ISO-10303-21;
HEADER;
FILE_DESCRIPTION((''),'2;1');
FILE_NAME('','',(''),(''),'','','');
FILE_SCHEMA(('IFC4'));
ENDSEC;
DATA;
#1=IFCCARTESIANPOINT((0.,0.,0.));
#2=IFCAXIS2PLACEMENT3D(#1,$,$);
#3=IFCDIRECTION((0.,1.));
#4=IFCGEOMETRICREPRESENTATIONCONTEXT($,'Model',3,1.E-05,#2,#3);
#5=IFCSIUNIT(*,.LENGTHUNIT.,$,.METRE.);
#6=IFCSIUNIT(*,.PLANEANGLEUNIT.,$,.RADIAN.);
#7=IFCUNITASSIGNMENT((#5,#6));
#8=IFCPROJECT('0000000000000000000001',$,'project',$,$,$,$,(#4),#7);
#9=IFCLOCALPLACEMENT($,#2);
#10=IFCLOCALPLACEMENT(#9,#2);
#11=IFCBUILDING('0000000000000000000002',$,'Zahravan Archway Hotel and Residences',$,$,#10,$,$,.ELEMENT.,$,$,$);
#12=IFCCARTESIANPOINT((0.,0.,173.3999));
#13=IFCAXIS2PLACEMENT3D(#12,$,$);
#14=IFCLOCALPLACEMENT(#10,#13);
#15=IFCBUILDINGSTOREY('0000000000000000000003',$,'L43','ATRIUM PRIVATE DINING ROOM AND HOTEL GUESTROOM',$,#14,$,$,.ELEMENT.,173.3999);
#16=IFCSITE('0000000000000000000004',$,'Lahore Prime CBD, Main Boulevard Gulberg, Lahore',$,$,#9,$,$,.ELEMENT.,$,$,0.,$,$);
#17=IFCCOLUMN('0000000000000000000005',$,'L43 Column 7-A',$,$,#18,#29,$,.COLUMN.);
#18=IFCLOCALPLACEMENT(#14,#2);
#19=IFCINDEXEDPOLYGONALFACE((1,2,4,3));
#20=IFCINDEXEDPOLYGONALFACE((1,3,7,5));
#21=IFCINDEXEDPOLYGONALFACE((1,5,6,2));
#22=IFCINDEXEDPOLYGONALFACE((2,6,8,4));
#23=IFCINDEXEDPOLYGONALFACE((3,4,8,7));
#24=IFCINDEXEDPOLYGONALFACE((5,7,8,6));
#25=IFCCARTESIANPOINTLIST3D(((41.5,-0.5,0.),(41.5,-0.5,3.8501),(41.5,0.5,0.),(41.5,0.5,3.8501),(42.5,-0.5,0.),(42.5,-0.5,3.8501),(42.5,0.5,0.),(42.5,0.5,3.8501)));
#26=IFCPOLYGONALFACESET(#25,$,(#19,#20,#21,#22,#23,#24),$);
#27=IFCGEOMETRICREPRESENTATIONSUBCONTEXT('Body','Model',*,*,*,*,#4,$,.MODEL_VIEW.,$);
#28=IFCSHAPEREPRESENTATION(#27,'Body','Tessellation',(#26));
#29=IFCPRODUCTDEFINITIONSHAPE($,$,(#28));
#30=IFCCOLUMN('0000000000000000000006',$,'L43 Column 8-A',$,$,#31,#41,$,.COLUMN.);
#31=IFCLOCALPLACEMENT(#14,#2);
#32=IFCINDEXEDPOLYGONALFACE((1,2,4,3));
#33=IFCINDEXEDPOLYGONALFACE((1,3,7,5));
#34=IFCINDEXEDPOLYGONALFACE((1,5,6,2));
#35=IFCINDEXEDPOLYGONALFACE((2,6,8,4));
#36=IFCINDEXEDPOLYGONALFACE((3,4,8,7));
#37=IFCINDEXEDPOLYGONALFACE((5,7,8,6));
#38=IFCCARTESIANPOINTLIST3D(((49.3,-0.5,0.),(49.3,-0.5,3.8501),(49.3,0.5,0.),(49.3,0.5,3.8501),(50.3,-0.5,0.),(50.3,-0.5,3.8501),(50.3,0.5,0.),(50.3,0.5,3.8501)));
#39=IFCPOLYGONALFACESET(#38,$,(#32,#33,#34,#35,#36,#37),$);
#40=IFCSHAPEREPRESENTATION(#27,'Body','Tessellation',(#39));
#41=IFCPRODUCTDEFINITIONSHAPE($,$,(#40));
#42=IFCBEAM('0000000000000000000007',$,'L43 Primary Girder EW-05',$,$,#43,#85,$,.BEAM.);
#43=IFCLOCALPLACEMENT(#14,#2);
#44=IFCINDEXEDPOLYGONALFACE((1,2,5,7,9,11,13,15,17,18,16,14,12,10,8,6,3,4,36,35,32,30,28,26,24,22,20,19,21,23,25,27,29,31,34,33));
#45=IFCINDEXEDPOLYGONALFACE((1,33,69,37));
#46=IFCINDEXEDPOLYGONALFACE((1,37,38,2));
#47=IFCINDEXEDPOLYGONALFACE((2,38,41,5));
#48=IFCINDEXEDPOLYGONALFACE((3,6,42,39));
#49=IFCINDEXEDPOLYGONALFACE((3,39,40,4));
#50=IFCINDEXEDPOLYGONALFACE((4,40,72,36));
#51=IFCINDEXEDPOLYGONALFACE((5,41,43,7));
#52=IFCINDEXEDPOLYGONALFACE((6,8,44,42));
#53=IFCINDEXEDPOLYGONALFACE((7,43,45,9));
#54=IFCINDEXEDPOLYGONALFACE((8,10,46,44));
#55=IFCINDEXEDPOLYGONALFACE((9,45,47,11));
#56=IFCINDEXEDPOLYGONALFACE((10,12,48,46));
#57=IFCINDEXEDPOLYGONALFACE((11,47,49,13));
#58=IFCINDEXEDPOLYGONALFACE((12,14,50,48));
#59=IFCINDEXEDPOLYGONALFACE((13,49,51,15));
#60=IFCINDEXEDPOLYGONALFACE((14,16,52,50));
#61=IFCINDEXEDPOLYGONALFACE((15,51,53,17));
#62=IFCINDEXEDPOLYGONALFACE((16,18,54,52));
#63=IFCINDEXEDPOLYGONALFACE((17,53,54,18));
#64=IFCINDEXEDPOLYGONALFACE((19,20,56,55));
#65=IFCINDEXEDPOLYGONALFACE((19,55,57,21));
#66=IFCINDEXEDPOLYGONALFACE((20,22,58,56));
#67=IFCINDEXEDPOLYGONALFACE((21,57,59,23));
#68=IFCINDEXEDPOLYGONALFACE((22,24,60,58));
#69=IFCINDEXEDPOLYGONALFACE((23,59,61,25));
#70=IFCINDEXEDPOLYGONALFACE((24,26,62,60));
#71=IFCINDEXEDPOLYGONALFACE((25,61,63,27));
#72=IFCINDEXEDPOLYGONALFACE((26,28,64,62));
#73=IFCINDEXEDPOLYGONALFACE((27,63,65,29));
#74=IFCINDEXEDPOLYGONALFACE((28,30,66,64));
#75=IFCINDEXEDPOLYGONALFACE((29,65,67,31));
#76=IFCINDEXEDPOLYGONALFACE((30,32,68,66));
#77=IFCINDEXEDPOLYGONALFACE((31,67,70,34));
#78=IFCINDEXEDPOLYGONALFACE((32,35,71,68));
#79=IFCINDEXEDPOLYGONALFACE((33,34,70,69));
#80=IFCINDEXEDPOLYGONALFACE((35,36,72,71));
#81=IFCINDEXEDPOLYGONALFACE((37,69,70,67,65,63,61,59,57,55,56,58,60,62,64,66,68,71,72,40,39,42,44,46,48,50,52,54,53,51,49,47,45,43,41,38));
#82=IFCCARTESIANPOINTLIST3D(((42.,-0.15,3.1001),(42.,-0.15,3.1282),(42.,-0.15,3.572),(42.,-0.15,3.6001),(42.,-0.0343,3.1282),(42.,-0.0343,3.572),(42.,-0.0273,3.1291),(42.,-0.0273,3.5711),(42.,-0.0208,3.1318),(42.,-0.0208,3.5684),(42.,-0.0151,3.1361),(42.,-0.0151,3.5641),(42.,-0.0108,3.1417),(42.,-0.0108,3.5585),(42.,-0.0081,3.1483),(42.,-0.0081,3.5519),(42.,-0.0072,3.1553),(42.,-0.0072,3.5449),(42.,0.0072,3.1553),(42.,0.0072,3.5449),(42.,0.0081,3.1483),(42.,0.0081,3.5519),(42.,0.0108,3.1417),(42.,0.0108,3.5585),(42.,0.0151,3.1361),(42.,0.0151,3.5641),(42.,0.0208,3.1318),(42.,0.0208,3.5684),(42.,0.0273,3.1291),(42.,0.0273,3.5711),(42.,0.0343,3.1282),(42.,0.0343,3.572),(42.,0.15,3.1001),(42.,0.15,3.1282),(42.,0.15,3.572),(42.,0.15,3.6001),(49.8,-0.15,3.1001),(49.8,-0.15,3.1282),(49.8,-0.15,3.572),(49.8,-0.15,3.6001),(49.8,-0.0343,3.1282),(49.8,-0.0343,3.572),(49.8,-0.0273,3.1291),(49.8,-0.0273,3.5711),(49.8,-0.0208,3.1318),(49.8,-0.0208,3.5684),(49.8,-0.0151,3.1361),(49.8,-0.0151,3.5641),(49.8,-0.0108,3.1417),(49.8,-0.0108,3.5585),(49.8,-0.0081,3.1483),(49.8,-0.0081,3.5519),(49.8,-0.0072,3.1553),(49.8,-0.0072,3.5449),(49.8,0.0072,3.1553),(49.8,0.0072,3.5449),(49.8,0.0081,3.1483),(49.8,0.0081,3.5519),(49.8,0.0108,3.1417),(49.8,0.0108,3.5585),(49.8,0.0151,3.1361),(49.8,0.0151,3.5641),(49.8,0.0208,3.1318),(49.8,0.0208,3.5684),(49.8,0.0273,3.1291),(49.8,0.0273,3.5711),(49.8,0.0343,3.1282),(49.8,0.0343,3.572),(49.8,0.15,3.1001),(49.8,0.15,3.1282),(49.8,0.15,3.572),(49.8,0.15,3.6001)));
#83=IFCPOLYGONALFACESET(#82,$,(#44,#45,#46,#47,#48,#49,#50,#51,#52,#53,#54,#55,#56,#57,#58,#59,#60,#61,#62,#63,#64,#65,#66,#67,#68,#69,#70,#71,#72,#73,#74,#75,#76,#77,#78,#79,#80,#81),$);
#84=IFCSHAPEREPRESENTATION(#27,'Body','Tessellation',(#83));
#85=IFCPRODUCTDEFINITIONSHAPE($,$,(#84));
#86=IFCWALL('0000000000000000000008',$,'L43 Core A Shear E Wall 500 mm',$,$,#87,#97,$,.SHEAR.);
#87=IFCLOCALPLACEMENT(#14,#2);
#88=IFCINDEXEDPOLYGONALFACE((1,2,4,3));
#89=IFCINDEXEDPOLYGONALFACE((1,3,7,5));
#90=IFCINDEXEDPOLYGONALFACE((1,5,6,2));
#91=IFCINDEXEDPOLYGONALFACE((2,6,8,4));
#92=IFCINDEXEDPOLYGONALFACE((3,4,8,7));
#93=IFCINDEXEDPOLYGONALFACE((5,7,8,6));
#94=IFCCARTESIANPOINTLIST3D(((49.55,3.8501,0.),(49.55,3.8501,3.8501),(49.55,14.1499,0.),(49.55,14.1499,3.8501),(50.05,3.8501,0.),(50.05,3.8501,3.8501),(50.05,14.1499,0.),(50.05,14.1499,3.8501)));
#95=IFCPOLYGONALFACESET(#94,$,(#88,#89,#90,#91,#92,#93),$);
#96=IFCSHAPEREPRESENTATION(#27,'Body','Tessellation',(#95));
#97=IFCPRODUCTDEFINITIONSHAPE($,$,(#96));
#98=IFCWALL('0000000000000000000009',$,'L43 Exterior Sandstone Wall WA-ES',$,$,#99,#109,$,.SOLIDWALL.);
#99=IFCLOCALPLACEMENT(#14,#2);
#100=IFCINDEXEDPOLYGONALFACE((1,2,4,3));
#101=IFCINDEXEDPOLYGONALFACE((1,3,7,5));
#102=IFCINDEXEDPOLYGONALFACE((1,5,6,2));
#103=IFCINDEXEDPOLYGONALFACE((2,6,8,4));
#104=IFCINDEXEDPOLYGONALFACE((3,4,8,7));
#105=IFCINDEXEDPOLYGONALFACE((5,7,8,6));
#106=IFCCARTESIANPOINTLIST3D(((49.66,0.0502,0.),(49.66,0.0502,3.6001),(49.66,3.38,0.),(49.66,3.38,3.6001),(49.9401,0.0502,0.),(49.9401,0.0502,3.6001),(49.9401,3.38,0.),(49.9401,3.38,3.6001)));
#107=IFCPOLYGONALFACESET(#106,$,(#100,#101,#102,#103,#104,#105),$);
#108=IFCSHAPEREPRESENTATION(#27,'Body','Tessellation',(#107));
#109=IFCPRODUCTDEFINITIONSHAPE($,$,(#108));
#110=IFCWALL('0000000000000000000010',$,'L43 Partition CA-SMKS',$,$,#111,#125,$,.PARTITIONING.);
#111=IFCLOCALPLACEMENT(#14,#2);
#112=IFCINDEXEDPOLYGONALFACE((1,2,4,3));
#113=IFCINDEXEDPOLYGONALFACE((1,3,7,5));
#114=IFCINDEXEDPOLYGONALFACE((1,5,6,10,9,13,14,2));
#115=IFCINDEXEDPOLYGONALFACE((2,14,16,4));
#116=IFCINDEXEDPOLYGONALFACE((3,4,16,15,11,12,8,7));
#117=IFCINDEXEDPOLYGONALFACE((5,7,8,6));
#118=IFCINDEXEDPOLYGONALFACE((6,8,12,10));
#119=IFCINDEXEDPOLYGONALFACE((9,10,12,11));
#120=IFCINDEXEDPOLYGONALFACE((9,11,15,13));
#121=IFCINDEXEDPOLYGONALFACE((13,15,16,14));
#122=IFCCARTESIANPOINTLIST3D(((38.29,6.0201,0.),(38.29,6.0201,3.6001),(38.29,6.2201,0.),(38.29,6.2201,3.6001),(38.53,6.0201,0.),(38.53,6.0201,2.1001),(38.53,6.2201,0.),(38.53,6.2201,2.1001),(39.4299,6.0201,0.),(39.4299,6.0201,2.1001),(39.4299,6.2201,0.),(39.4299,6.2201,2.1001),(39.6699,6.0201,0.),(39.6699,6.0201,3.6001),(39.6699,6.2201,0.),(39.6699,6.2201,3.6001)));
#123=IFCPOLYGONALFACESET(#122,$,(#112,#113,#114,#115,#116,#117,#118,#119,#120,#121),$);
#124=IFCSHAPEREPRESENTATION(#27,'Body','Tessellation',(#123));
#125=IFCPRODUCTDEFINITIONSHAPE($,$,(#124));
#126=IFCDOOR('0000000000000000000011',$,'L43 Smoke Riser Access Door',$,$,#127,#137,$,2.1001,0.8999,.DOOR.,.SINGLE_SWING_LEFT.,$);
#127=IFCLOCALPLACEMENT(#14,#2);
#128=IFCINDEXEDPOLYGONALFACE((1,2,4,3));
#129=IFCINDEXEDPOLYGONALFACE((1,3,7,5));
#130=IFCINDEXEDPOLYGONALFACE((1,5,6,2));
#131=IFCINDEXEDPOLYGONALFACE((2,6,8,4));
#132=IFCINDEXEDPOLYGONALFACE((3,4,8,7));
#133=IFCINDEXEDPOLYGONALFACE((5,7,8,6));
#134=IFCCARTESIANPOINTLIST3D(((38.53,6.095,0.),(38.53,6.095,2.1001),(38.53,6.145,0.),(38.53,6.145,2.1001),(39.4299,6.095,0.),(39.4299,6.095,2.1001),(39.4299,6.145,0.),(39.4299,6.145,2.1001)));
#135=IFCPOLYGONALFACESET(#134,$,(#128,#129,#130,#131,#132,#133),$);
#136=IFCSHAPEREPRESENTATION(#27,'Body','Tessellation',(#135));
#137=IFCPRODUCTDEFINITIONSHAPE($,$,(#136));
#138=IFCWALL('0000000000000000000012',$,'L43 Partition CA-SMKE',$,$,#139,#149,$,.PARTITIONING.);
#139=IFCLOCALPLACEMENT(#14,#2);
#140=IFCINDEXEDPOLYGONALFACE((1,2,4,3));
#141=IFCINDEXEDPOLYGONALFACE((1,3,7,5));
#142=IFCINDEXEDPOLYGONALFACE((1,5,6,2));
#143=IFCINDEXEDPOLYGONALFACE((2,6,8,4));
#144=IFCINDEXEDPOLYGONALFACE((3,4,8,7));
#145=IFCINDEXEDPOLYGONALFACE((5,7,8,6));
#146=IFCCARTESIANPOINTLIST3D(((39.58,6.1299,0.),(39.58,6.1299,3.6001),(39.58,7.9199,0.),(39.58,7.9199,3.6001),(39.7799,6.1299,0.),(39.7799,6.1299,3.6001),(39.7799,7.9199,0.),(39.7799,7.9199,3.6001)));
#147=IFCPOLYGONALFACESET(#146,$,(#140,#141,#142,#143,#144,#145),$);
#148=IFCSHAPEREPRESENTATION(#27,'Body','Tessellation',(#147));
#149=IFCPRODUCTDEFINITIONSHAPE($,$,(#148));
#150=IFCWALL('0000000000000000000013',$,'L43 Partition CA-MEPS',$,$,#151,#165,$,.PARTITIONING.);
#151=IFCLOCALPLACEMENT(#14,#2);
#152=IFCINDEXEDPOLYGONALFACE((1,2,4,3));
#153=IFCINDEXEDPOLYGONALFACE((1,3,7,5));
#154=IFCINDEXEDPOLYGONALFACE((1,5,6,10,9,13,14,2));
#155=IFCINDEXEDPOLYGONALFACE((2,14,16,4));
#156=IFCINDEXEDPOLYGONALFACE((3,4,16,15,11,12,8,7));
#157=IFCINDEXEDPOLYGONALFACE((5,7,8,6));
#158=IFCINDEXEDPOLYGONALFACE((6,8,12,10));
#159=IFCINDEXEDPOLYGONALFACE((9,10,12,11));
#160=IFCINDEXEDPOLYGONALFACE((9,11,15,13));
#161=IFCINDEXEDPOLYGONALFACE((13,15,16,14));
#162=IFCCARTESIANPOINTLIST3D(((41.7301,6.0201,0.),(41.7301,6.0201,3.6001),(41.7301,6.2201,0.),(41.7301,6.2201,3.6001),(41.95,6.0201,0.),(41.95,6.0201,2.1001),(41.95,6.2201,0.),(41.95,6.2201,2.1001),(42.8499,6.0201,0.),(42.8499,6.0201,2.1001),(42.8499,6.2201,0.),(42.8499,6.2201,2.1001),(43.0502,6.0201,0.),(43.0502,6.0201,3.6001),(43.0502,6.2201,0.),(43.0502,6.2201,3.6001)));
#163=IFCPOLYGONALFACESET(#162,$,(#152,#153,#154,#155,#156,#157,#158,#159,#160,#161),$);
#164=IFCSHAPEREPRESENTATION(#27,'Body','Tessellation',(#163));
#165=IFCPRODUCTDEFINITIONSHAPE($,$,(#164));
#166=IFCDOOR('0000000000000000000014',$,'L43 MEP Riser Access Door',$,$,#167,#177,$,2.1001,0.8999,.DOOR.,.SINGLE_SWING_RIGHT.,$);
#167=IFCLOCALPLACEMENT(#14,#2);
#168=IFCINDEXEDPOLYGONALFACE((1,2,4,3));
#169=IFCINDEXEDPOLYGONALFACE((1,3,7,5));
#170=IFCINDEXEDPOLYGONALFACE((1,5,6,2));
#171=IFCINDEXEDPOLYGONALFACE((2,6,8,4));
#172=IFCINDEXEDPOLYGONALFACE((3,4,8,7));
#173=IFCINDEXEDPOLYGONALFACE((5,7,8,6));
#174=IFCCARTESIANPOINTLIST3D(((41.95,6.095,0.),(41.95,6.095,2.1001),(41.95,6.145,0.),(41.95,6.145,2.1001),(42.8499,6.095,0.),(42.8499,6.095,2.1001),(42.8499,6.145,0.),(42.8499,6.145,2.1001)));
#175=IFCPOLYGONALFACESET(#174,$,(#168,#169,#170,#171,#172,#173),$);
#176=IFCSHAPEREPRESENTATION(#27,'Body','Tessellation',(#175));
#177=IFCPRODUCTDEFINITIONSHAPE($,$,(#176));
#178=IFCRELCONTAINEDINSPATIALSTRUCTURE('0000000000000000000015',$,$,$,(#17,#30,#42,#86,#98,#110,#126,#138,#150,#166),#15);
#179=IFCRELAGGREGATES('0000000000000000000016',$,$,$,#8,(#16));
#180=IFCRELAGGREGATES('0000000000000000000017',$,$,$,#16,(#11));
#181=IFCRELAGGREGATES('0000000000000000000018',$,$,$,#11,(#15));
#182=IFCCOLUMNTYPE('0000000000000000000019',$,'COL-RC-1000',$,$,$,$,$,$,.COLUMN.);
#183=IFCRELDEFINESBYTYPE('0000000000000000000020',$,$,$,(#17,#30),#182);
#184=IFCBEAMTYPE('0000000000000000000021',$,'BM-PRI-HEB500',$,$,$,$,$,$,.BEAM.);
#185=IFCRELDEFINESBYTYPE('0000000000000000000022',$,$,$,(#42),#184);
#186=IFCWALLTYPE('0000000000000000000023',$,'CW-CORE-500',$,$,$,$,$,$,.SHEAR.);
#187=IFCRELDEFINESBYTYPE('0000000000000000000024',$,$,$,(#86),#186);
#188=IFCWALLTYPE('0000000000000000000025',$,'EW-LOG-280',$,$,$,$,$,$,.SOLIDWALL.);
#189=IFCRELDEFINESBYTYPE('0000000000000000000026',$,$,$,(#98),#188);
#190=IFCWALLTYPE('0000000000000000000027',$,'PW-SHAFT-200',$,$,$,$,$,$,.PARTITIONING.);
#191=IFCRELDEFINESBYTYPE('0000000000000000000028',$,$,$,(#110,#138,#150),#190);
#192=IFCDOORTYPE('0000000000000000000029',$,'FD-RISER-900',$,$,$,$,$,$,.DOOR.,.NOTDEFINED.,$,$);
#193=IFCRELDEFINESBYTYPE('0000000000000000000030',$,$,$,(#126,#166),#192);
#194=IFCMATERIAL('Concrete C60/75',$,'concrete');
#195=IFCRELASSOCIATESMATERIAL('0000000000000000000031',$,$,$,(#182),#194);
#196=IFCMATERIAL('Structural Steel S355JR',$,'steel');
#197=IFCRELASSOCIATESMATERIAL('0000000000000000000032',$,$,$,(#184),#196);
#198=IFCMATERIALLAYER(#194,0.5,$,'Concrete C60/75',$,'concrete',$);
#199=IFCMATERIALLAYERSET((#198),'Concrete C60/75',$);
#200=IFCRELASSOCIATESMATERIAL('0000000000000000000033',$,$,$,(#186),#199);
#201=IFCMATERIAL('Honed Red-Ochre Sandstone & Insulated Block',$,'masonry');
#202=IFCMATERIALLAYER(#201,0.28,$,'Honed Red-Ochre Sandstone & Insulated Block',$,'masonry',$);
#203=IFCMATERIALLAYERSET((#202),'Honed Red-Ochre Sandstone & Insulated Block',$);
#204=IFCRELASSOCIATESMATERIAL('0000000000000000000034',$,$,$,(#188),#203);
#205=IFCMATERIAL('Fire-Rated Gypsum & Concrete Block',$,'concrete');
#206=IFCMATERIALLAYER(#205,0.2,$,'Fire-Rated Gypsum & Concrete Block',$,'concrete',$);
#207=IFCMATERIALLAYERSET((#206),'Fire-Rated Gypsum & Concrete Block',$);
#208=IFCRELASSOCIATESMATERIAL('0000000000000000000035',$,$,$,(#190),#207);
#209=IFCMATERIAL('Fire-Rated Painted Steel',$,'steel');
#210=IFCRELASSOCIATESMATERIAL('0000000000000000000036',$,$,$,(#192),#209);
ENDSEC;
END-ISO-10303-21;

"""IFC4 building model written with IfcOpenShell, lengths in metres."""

from ifc_helpers import new_model, si_unit, direction, frame, frame_2d, origin, origin_2d, place, context, subcontext, project, spatial, rectangle, i_section, extrude, source, transform, mapped, material, layer, layer_set, material_profile, profile_set, type_object, type_shapes, element, fill, save


model = new_model("IFC4")

# Units and contexts
model_context = context("Model", 3, precision=1e-05, world=origin(), true_north=direction((0.0, 1.0)))
body_context = subcontext(model_context, "Body", "Model", "MODEL_VIEW")
ifc_project = project(units=[si_unit("LENGTHUNIT", "METRE"), si_unit("PLANEANGLEUNIT", "RADIAN")], contexts=[model_context])

# Site, building, storey
site_placement = place(None, origin())
site = spatial("IfcSite", under=ifc_project, at=site_placement, Name="Lahore Prime CBD, Main Boulevard Gulberg, Lahore", CompositionType="ELEMENT", RefElevation=0.0)
building_placement = place(site_placement, origin())
building = spatial("IfcBuilding", under=site, at=building_placement, Name="Zahravan Archway Hotel and Residences", CompositionType="ELEMENT")
storey_placement = place(building_placement, frame((0.0, 0.0, 173.3999)))
storey = spatial("IfcBuildingStorey", under=building, at=storey_placement, Name="L43", Description="ATRIUM PRIVATE DINING ROOM AND HOTEL GUESTROOM", CompositionType="ELEMENT", Elevation=173.3999)

# Columns
ifc_material_1 = material(Name="Concrete C60/75", Category="concrete")
ifc_material_profile_1 = material_profile(ifc_material_1, rectangle(XDim=1.0, YDim=1.0, at=origin_2d()), Name="RC-COL-1000x1000", Category="concrete")
ifc_profile_set_1 = profile_set([ifc_material_profile_1], Name="Concrete C60/75")
column_type = type_object("IfcColumnType", Name="COL-RC-1000", PredefinedType="COLUMN", material=ifc_profile_set_1)
shared_shape_1 = source(origin(), body_context, "Body", "SweptSolid", [
    extrude(rectangle(XDim=1.0, YDim=1.0, at=origin_2d()), origin(), (0.0, 0.0, 1.0), 3.8501),
])
for number, where, z_axis, x_axis, name in (
    (1, (42.0, 0.0, 0.0), (0.0, 0.0, 1.0), (1.0, 0.0, 0.0), "L43 Column 7-A"),
    (2, (49.8, 0.0, 0.0), (0.0, 0.0, 1.0), (1.0, 0.0, 0.0), "L43 Column 8-A"),
):
    element("IfcColumn", number, at=place(storey_placement, frame(where, z_axis=z_axis, x_axis=x_axis)), inside=storey, type_object=column_type, Name=name, PredefinedType="COLUMN", context=body_context, shape_type="MappedRepresentation", body=[
        mapped(shared_shape_1, transform((0.0, 0.0, 0.0), scale=1.0)),
    ])

# Beam
ifc_material_2 = material(Name="Structural Steel S355JR", Category="steel")
ifc_material_profile_2 = material_profile(ifc_material_2, i_section(OverallWidth=0.3, OverallDepth=0.5, WebThickness=0.0144, FlangeThickness=0.0281, FilletRadius=0.0271, at=origin_2d()), Name="HEB 500", Category="steel")
ifc_profile_set_2 = profile_set([ifc_material_profile_2], Name="Structural Steel S355JR")
beam_type = type_object("IfcBeamType", Name="BM-PRI-HEB500", PredefinedType="BEAM", material=ifc_profile_set_2)
shared_shape_2 = source(origin(), body_context, "Body", "SweptSolid", [
    extrude(i_section(OverallWidth=0.3, OverallDepth=0.5, WebThickness=0.0144, FlangeThickness=0.0281, FilletRadius=0.0271, at=origin_2d()), origin(), (0.0, 0.0, 1.0), 7.8),
])
beam_placement = place(storey_placement, frame((42.0, 0.0, 3.3501), z_axis=(1.0, 0.0, 0.0), x_axis=(0.0, 1.0, 0.0)))
element("IfcBeam", 3, at=beam_placement, inside=storey, type_object=beam_type, Name="L43 Primary Girder EW-05", PredefinedType="BEAM", context=body_context, shape_type="MappedRepresentation", body=[
    mapped(shared_shape_2, transform((0.0, 0.0, 0.0), scale=1.0)),
])

# Walls
ifc_layer_1 = layer(ifc_material_1, 0.5, Name="Concrete C60/75", Category="concrete")
ifc_layer_set_1 = layer_set([ifc_layer_1], Name="Concrete C60/75")
wall_type_1 = type_object("IfcWallType", Name="CW-CORE-500", PredefinedType="SHEAR", material=ifc_layer_set_1)
wall_1_placement = place(storey_placement, frame((49.8, 3.8501, 0.0), z_axis=(0.0, 0.0, 1.0), x_axis=(0.0, 1.0, 0.0)))
element("IfcWall", 4, at=wall_1_placement, inside=storey, type_object=wall_type_1, Name="L43 Core A Shear E Wall 500 mm", PredefinedType="SHEAR", context=body_context, shape_type="SweptSolid", body=[
    extrude(rectangle(XDim=10.2998, YDim=0.5, at=frame_2d((5.1499, 0.0))), origin(), (0.0, 0.0, 1.0), 3.8501),
])
ifc_material_3 = material(Name="Honed Red-Ochre Sandstone & Insulated Block", Category="masonry")
ifc_layer_2 = layer(ifc_material_3, 0.28, Name="Honed Red-Ochre Sandstone & Insulated Block", Category="masonry")
ifc_layer_set_2 = layer_set([ifc_layer_2], Name="Honed Red-Ochre Sandstone & Insulated Block")
wall_type_2 = type_object("IfcWallType", Name="EW-LOG-280", PredefinedType="SOLIDWALL", material=ifc_layer_set_2)
wall_2_placement = place(storey_placement, frame((49.8, 0.05, 0.0), z_axis=(0.0, 0.0, 1.0), x_axis=(0.0, 1.0, 0.0)))
element("IfcWall", 5, at=wall_2_placement, inside=storey, type_object=wall_type_2, Name="L43 Exterior Sandstone Wall WA-ES", PredefinedType="SOLIDWALL", context=body_context, shape_type="SweptSolid", body=[
    extrude(rectangle(XDim=3.3298, YDim=0.28, at=frame_2d((1.665, 0.0))), origin(), (0.0, 0.0, 1.0), 3.6001),
])

# Wall, opening, door
ifc_material_4 = material(Name="Fire-Rated Gypsum & Concrete Block", Category="concrete")
ifc_layer_3 = layer(ifc_material_4, 0.2, Name="Fire-Rated Gypsum & Concrete Block", Category="concrete")
ifc_layer_set_3 = layer_set([ifc_layer_3], Name="Fire-Rated Gypsum & Concrete Block")
wall_type_3 = type_object("IfcWallType", Name="PW-SHAFT-200", PredefinedType="PARTITIONING", material=ifc_layer_set_3)
wall_3_placement = place(storey_placement, frame((38.29, 6.1201, 0.0), z_axis=(0.0, 0.0, 1.0), x_axis=(1.0, 0.0, 0.0)))
wall_3 = element("IfcWall", 6, at=wall_3_placement, inside=storey, type_object=wall_type_3, Name="L43 Partition CA-SMKS", PredefinedType="PARTITIONING", context=body_context, shape_type="SweptSolid", body=[
    extrude(rectangle(XDim=1.3799, YDim=0.2, at=frame_2d((0.6899, 0.0))), origin(), (0.0, 0.0, 1.0), 3.6001),
])
opening_1_placement = place(wall_3_placement, frame((0.24, 0.0, 0.0)))
opening_1 = element("IfcOpeningElement", 7, at=opening_1_placement, cuts=wall_3, PredefinedType="OPENING", context=body_context, shape_type="SweptSolid", body=[
    extrude(rectangle(XDim=0.8999, YDim=2.1001, at=frame_2d((0.45, 1.05))), frame((0.0, 0.1099, 0.0), z_axis=(0.0, -1.0, 0.0), x_axis=(1.0, 0.0, 0.0)), (0.0, 0.0, 1.0), 0.22),
])
ifc_material_5 = material(Name="Fire-Rated Painted Steel", Category="steel")
door_type = type_object("IfcDoorType", Name="FD-RISER-900", OperationType="NOTDEFINED", PredefinedType="DOOR", material=ifc_material_5)
shared_shape_3 = source(origin(), body_context, "Body", "SweptSolid", [
    extrude(rectangle(XDim=0.8999, YDim=2.1001, at=frame_2d((0.45, 1.05))), frame((0.0, 0.0249, 0.0), z_axis=(0.0, -1.0, 0.0), x_axis=(1.0, 0.0, 0.0)), (0.0, 0.0, 1.0), 0.05),
])
type_shapes(door_type, [shared_shape_3])
door_1_placement = place(opening_1_placement, origin())
door_1 = element("IfcDoor", 8, at=door_1_placement, inside=storey, type_object=door_type, Name="L43 Smoke Riser Access Door", OperationType="SINGLE_SWING_LEFT", OverallHeight=2.1001, OverallWidth=0.8999, PredefinedType="DOOR", context=body_context, shape_type="MappedRepresentation", body=[
    mapped(shared_shape_3, transform((0.0, 0.0, 0.0), scale=1.0)),
])
fill(opening_1, door_1)

# Wall
wall_4_placement = place(storey_placement, frame((39.6799, 6.1299, 0.0), z_axis=(0.0, 0.0, 1.0), x_axis=(0.0, 1.0, 0.0)))
element("IfcWall", 9, at=wall_4_placement, inside=storey, type_object=wall_type_3, Name="L43 Partition CA-SMKE", PredefinedType="PARTITIONING", context=body_context, shape_type="SweptSolid", body=[
    extrude(rectangle(XDim=1.79, YDim=0.2, at=frame_2d((0.895, 0.0))), origin(), (0.0, 0.0, 1.0), 3.6001),
])

# Wall, opening, door
wall_5_placement = place(storey_placement, frame((41.73, 6.1201, 0.0), z_axis=(0.0, 0.0, 1.0), x_axis=(1.0, 0.0, 0.0)))
wall_5 = element("IfcWall", 10, at=wall_5_placement, inside=storey, type_object=wall_type_3, Name="L43 Partition CA-MEPS", PredefinedType="PARTITIONING", context=body_context, shape_type="SweptSolid", body=[
    extrude(rectangle(XDim=1.3201, YDim=0.2, at=frame_2d((0.6602, 0.0))), origin(), (0.0, 0.0, 1.0), 3.6001),
])
opening_2_placement = place(wall_5_placement, frame((0.22, 0.0, 0.0)))
opening_2 = element("IfcOpeningElement", 11, at=opening_2_placement, cuts=wall_5, PredefinedType="OPENING", context=body_context, shape_type="SweptSolid", body=[
    extrude(rectangle(XDim=0.8999, YDim=2.1001, at=frame_2d((0.45, 1.05))), frame((0.0, 0.1099, 0.0), z_axis=(0.0, -1.0, 0.0), x_axis=(1.0, 0.0, 0.0)), (0.0, 0.0, 1.0), 0.22),
])
door_2_placement = place(opening_2_placement, origin())
door_2 = element("IfcDoor", 12, at=door_2_placement, inside=storey, type_object=door_type, Name="L43 MEP Riser Access Door", OperationType="SINGLE_SWING_RIGHT", OverallHeight=2.1001, OverallWidth=0.8999, PredefinedType="DOOR", context=body_context, shape_type="MappedRepresentation", body=[
    mapped(shared_shape_3, transform((0.0, 0.0, 0.0), scale=1.0)),
])
fill(opening_2, door_2)

save(model, "model.ifc")
